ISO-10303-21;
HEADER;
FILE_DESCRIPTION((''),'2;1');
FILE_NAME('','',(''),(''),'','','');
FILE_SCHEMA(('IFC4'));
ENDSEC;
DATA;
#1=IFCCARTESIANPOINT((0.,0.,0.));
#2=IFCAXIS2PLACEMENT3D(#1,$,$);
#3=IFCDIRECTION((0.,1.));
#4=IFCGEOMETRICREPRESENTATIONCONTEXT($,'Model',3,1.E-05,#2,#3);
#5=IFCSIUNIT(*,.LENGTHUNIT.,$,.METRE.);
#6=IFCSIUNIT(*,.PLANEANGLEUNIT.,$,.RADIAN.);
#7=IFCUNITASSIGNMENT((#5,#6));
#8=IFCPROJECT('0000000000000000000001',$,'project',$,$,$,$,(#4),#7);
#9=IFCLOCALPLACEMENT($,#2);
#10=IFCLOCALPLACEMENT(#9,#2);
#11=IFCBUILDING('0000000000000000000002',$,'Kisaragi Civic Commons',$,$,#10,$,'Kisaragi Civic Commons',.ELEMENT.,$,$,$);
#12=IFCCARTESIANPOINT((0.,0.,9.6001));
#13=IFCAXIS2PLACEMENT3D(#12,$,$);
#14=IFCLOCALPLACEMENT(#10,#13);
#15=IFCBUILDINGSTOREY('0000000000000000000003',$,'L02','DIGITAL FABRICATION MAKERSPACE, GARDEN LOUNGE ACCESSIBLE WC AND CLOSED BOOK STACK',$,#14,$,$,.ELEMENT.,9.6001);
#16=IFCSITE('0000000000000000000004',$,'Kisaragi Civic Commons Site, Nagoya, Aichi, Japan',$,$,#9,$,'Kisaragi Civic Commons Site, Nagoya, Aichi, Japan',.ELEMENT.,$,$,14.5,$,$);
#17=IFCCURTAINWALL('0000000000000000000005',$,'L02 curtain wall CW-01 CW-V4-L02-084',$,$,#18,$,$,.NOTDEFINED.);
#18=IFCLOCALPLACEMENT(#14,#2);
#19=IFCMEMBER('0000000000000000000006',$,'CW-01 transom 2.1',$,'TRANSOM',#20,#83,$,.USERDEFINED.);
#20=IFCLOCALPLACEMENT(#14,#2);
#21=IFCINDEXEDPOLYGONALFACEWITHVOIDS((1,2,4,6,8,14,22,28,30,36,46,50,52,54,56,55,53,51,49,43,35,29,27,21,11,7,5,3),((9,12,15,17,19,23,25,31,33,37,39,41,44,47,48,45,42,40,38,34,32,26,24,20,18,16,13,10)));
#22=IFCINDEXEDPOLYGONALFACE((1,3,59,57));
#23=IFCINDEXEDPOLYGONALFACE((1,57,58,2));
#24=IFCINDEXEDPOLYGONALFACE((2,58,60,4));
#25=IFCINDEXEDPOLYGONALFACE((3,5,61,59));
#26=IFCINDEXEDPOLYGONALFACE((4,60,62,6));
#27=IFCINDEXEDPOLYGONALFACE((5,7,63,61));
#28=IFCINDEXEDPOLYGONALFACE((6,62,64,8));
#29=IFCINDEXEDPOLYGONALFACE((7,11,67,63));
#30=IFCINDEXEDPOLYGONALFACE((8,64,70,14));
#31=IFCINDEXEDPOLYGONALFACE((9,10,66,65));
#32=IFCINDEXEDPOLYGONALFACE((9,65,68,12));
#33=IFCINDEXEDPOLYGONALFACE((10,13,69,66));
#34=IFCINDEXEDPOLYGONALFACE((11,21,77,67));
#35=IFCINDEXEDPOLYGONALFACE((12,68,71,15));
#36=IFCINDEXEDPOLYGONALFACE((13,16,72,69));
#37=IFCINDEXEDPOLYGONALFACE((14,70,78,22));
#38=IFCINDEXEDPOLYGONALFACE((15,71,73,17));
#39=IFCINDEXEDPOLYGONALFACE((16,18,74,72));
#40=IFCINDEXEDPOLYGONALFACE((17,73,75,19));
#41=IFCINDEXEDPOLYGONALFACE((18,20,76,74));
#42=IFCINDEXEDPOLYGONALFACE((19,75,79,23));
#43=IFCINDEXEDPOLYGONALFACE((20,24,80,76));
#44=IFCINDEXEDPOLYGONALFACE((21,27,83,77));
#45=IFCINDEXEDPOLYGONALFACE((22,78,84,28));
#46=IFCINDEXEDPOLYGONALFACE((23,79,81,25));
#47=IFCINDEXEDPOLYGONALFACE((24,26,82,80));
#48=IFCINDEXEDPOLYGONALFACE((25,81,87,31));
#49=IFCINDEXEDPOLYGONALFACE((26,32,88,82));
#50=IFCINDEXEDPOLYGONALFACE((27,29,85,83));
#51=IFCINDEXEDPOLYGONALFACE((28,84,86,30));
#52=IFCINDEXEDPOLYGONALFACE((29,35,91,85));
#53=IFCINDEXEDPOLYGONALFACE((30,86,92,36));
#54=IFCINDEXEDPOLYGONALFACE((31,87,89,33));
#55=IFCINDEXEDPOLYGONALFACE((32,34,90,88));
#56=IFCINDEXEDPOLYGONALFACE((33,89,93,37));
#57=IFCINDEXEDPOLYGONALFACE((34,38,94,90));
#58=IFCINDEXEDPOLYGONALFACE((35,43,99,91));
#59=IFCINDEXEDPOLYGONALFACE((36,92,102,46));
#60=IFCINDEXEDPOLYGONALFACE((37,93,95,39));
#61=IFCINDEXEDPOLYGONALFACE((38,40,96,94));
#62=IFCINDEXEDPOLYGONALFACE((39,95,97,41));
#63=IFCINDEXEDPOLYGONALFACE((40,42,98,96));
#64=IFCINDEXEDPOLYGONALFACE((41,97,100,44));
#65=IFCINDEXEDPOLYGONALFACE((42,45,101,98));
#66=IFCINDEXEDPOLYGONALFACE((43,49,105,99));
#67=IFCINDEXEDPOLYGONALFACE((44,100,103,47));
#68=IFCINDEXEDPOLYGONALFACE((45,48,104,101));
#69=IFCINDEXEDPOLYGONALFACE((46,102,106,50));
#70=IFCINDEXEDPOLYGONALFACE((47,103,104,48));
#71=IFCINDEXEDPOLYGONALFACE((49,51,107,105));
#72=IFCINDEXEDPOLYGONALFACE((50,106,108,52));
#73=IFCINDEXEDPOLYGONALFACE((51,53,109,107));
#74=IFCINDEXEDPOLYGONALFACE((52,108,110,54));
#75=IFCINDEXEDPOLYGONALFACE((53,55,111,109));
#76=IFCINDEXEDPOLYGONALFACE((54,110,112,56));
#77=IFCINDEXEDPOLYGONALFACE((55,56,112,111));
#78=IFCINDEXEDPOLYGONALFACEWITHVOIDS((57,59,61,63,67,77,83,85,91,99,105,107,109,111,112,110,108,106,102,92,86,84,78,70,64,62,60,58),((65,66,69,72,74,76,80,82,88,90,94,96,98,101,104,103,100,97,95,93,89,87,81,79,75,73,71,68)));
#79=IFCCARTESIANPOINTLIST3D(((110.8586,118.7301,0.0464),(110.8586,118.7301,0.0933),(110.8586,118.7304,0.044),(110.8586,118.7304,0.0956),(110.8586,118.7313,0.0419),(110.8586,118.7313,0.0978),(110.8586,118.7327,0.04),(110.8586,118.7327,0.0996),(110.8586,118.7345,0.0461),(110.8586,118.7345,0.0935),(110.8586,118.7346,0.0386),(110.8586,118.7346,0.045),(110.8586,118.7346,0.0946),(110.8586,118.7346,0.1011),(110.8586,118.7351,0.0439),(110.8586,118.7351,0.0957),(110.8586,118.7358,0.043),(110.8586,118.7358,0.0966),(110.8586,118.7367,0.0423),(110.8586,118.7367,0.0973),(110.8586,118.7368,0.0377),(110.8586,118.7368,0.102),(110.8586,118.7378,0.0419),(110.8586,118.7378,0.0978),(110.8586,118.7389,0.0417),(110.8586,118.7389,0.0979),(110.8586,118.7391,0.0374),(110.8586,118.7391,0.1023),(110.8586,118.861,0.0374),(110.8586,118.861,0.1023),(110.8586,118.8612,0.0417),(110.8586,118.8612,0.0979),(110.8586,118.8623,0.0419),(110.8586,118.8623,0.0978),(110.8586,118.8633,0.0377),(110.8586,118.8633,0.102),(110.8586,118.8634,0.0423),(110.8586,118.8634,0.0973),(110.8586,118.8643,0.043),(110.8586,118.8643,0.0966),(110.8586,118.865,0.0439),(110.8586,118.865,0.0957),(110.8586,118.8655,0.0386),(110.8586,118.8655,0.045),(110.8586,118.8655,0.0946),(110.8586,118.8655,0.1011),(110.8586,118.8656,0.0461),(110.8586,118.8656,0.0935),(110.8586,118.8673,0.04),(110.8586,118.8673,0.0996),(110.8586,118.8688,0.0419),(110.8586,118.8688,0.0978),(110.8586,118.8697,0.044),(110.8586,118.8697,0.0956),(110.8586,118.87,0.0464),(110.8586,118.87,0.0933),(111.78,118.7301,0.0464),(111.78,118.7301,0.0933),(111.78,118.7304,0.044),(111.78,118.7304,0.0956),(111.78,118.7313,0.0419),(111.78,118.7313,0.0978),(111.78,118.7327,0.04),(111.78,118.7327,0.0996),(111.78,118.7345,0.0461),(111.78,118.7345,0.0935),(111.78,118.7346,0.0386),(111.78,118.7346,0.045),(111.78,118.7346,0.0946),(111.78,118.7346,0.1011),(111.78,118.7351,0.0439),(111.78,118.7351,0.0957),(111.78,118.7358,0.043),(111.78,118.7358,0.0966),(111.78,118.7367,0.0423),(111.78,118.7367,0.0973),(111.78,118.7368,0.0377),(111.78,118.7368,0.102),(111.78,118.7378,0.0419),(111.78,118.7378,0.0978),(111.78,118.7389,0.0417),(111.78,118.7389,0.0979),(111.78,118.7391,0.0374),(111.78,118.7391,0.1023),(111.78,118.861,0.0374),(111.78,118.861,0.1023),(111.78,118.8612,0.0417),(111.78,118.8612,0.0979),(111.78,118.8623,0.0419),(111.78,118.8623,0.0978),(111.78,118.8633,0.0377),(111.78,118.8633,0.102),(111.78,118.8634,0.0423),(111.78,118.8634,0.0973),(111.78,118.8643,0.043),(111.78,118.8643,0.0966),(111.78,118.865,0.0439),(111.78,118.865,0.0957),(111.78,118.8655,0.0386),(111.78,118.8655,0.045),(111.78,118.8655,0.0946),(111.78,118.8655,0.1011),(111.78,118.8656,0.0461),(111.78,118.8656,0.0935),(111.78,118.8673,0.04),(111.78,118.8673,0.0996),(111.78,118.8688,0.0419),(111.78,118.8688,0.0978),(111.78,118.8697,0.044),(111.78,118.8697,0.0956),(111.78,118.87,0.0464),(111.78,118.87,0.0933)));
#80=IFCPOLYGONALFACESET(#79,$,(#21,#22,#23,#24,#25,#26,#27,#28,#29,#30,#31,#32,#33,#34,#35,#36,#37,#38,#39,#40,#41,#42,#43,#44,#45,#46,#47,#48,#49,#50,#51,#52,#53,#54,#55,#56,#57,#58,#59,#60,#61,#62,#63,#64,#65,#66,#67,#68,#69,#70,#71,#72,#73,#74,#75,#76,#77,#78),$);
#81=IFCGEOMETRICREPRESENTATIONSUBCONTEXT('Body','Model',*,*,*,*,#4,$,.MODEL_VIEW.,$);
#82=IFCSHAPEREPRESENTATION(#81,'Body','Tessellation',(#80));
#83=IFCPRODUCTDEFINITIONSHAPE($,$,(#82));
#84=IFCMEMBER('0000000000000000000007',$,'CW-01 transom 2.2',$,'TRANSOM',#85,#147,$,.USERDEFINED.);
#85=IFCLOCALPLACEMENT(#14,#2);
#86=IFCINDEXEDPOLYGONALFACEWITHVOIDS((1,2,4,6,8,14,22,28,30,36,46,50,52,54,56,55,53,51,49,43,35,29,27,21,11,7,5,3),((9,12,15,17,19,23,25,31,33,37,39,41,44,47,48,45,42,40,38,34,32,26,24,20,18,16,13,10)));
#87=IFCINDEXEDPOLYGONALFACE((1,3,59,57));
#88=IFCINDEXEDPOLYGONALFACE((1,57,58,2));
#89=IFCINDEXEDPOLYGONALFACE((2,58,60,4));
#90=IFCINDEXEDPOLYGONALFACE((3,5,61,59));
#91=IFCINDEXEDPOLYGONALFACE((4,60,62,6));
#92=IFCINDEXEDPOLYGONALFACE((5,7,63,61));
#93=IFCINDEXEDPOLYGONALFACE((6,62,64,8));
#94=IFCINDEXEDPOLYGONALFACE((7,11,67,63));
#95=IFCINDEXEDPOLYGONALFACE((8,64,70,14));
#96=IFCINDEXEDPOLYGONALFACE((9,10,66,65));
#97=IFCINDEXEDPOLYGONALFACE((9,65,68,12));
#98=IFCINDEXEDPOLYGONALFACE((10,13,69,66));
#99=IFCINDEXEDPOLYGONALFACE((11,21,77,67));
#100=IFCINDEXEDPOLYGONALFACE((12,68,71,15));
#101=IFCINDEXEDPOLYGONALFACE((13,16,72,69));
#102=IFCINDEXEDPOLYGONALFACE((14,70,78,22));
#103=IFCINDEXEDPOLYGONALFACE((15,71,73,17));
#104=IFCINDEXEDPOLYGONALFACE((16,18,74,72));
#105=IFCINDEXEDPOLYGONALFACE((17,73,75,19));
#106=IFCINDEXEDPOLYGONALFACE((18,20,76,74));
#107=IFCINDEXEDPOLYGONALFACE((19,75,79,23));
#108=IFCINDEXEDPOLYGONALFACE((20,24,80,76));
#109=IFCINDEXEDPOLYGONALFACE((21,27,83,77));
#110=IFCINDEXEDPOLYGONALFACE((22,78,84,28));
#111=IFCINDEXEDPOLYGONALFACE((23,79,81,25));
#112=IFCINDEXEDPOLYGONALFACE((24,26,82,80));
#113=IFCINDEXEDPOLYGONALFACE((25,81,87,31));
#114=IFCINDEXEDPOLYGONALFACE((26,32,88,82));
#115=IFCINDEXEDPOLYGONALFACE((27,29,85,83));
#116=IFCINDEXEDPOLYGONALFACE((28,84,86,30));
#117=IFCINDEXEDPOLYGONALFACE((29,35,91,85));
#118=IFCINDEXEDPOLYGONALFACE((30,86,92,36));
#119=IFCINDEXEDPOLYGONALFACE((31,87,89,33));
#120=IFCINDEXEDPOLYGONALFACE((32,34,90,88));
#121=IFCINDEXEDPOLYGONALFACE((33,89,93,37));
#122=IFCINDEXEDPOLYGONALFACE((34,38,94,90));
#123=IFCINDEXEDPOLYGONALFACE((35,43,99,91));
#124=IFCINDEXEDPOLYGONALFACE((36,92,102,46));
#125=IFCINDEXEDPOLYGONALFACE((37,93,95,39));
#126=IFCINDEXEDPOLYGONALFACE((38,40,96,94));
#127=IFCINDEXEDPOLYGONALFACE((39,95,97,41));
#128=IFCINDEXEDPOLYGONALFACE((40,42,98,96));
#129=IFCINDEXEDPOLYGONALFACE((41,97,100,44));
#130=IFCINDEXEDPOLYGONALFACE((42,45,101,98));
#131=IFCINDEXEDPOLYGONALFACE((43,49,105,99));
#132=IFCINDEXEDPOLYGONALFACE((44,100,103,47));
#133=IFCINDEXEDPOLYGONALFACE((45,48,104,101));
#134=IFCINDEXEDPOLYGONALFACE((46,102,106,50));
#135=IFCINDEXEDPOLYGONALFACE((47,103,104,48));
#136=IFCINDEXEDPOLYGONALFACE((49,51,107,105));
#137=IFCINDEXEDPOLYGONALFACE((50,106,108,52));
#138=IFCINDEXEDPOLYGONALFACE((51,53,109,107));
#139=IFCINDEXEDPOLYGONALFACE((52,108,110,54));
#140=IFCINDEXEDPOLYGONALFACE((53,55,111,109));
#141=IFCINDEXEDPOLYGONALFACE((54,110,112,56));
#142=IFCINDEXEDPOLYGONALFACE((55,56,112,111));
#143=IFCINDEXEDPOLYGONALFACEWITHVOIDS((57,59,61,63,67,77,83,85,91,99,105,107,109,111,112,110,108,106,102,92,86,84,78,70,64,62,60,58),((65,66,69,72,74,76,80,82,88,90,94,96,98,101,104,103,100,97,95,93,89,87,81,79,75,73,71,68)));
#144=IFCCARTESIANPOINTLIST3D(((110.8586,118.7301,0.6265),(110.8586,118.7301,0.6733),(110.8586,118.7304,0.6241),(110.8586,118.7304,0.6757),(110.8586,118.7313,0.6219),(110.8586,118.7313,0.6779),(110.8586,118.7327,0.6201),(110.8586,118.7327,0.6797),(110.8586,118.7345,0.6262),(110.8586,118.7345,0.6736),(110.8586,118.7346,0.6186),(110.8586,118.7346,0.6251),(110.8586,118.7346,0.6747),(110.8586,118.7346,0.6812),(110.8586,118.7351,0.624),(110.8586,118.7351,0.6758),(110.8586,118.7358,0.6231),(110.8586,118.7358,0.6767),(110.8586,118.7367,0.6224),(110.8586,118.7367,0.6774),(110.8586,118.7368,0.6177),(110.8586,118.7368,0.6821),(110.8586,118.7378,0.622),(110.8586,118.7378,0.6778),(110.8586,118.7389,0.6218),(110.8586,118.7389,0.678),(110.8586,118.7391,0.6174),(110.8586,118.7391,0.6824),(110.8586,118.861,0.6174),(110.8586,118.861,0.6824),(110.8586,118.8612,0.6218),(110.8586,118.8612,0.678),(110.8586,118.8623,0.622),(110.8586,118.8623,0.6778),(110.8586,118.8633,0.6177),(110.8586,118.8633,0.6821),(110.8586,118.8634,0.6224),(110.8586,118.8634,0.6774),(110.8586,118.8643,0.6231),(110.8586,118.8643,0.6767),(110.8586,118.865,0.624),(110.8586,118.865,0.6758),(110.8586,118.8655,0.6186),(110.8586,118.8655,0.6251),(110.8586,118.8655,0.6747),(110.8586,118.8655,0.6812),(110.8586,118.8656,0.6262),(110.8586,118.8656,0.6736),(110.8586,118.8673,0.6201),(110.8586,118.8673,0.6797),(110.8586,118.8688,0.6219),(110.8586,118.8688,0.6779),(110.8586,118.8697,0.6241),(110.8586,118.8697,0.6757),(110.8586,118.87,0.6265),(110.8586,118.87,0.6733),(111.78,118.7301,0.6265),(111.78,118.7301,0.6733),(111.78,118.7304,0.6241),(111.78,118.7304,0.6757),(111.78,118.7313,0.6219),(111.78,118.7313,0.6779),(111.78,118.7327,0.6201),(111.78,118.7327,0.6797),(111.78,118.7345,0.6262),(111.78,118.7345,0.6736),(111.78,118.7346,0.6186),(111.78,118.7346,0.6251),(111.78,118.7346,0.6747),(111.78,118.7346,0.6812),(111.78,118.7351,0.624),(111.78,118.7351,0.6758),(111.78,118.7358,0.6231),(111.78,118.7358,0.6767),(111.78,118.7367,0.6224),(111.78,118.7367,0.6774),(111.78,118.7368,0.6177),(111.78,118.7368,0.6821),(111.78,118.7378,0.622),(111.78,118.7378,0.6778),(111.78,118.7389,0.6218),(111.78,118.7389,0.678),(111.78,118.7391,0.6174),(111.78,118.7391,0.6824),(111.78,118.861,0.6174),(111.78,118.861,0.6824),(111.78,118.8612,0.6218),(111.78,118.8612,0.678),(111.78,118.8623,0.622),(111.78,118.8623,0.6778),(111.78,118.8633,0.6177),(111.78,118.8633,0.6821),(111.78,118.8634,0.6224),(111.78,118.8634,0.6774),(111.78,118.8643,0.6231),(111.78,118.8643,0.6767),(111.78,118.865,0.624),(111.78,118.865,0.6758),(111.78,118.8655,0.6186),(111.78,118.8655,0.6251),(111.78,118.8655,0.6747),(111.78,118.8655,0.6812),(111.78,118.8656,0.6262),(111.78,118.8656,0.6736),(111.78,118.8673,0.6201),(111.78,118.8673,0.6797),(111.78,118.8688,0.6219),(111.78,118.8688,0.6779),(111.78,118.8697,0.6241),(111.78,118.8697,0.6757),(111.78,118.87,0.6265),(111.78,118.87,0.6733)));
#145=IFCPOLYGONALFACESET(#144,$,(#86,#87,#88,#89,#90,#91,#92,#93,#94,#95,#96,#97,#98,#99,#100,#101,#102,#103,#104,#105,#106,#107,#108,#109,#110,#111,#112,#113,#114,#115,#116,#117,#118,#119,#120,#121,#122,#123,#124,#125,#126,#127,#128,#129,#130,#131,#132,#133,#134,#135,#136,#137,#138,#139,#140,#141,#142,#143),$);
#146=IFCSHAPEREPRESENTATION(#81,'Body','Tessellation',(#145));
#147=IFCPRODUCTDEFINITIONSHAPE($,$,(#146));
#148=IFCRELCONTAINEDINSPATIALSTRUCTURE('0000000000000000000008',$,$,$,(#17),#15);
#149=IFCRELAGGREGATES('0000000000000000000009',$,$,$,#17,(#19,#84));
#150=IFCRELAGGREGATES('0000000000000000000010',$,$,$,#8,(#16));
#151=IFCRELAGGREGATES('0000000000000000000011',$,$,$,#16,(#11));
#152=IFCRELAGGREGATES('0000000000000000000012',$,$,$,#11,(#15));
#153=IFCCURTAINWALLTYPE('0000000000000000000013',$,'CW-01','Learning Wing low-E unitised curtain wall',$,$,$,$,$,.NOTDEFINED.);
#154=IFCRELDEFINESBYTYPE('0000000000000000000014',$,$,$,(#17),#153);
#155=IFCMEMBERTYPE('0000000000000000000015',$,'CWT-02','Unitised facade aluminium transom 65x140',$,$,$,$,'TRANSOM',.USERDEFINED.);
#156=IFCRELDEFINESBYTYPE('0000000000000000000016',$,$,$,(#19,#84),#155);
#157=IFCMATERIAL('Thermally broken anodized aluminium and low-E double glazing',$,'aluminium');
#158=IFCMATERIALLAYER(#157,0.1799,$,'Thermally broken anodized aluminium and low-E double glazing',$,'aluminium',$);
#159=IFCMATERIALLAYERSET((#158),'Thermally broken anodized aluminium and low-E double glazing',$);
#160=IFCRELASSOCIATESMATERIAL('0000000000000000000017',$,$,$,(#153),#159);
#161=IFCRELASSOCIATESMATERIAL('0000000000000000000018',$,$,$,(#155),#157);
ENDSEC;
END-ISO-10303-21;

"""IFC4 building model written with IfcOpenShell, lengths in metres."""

from ifc_helpers import new_model, si_unit, direction, frame, origin, origin_2d, place, context, subcontext, project, spatial, hollow_rectangle, extrude, material, layer, layer_set, material_profile, profile_set, type_object, element, aggregate, save


model = new_model("IFC4")

# Units and contexts
model_context = context("Model", 3, precision=1e-05, world=origin(), true_north=direction((0.0, 1.0)))
body_context = subcontext(model_context, "Body", "Model", "MODEL_VIEW")
ifc_project = project(units=[si_unit("LENGTHUNIT", "METRE"), si_unit("PLANEANGLEUNIT", "RADIAN")], contexts=[model_context])

# Site, building, storey
site_placement = place(None, origin())
site = spatial("IfcSite", under=ifc_project, at=site_placement, Name="Kisaragi Civic Commons Site, Nagoya, Aichi, Japan", LongName="Kisaragi Civic Commons Site, Nagoya, Aichi, Japan", CompositionType="ELEMENT", RefElevation=14.5)
building_placement = place(site_placement, origin())
building = spatial("IfcBuilding", under=site, at=building_placement, Name="Kisaragi Civic Commons", LongName="Kisaragi Civic Commons", CompositionType="ELEMENT")
storey_placement = place(building_placement, frame((0.0, 0.0, 9.6001)))
storey = spatial("IfcBuildingStorey", under=building, at=storey_placement, Name="L02", Description="DIGITAL FABRICATION MAKERSPACE, GARDEN LOUNGE ACCESSIBLE WC AND CLOSED BOOK STACK", CompositionType="ELEMENT", Elevation=9.6001)

# Curtain wall
ifc_material = material(Name="Thermally broken anodized aluminium and low-E double glazing", Category="aluminium")
ifc_layer_1 = layer(ifc_material, 0.1799, Name="Thermally broken anodized aluminium and low-E double glazing", Category="aluminium")
ifc_layer_set_1 = layer_set([ifc_layer_1], Name="Thermally broken anodized aluminium and low-E double glazing")
curtain_wall_type = type_object("IfcCurtainWallType", Name="CW-01", Description="Learning Wing low-E unitised curtain wall", PredefinedType="NOTDEFINED", material=ifc_layer_set_1)
curtain_wall_1_placement = place(storey_placement, origin())
curtain_wall_1 = element("IfcCurtainWall", 1, at=curtain_wall_1_placement, inside=storey, type_object=curtain_wall_type, Name="L02 curtain wall CW-01 CW-V4-L02-084", PredefinedType="NOTDEFINED")

# Members
ifc_material_profile_1 = material_profile(ifc_material, hollow_rectangle(XDim=0.1399, YDim=0.0649, WallThickness=0.0044, InnerFilletRadius=0.0044, OuterFilletRadius=0.009, at=origin_2d()), Name="CWT-65x140x4.5", Category="aluminium")
ifc_profile_set_1 = profile_set([ifc_material_profile_1], Name="Thermally broken anodized aluminium and low-E double glazing")
member_type_1 = type_object("IfcMemberType", Name="CWT-02", Description="Unitised facade aluminium transom 65x140", ElementType="TRANSOM", PredefinedType="USERDEFINED", material=ifc_profile_set_1)
member_1_placement = place(storey_placement, frame((110.8586, 118.8, 0.0698), z_axis=(1.0, 0.0, 0.0), x_axis=(0.0, 1.0, 0.0)))
member_1 = element("IfcMember", 2, at=member_1_placement, type_object=member_type_1, Name="CW-01 transom 2.1", ObjectType="TRANSOM", PredefinedType="USERDEFINED", context=body_context, shape_type="SweptSolid", body=[
    extrude(hollow_rectangle(XDim=0.1399, YDim=0.0649, WallThickness=0.0044, InnerFilletRadius=0.0044, OuterFilletRadius=0.009, at=origin_2d()), origin(), (0.0, 0.0, 1.0), 0.9214),
])
member_2_placement = place(storey_placement, frame((110.8586, 118.8, 0.6499), z_axis=(1.0, 0.0, 0.0), x_axis=(0.0, 1.0, 0.0)))
member_2 = element("IfcMember", 3, at=member_2_placement, type_object=member_type_1, Name="CW-01 transom 2.2", ObjectType="TRANSOM", PredefinedType="USERDEFINED", context=body_context, shape_type="SweptSolid", body=[
    extrude(hollow_rectangle(XDim=0.1399, YDim=0.0649, WallThickness=0.0044, InnerFilletRadius=0.0044, OuterFilletRadius=0.009, at=origin_2d()), origin(), (0.0, 0.0, 1.0), 0.9214),
])

aggregate(curtain_wall_1, [member_1, member_2])

save(model, "model.ifc")
